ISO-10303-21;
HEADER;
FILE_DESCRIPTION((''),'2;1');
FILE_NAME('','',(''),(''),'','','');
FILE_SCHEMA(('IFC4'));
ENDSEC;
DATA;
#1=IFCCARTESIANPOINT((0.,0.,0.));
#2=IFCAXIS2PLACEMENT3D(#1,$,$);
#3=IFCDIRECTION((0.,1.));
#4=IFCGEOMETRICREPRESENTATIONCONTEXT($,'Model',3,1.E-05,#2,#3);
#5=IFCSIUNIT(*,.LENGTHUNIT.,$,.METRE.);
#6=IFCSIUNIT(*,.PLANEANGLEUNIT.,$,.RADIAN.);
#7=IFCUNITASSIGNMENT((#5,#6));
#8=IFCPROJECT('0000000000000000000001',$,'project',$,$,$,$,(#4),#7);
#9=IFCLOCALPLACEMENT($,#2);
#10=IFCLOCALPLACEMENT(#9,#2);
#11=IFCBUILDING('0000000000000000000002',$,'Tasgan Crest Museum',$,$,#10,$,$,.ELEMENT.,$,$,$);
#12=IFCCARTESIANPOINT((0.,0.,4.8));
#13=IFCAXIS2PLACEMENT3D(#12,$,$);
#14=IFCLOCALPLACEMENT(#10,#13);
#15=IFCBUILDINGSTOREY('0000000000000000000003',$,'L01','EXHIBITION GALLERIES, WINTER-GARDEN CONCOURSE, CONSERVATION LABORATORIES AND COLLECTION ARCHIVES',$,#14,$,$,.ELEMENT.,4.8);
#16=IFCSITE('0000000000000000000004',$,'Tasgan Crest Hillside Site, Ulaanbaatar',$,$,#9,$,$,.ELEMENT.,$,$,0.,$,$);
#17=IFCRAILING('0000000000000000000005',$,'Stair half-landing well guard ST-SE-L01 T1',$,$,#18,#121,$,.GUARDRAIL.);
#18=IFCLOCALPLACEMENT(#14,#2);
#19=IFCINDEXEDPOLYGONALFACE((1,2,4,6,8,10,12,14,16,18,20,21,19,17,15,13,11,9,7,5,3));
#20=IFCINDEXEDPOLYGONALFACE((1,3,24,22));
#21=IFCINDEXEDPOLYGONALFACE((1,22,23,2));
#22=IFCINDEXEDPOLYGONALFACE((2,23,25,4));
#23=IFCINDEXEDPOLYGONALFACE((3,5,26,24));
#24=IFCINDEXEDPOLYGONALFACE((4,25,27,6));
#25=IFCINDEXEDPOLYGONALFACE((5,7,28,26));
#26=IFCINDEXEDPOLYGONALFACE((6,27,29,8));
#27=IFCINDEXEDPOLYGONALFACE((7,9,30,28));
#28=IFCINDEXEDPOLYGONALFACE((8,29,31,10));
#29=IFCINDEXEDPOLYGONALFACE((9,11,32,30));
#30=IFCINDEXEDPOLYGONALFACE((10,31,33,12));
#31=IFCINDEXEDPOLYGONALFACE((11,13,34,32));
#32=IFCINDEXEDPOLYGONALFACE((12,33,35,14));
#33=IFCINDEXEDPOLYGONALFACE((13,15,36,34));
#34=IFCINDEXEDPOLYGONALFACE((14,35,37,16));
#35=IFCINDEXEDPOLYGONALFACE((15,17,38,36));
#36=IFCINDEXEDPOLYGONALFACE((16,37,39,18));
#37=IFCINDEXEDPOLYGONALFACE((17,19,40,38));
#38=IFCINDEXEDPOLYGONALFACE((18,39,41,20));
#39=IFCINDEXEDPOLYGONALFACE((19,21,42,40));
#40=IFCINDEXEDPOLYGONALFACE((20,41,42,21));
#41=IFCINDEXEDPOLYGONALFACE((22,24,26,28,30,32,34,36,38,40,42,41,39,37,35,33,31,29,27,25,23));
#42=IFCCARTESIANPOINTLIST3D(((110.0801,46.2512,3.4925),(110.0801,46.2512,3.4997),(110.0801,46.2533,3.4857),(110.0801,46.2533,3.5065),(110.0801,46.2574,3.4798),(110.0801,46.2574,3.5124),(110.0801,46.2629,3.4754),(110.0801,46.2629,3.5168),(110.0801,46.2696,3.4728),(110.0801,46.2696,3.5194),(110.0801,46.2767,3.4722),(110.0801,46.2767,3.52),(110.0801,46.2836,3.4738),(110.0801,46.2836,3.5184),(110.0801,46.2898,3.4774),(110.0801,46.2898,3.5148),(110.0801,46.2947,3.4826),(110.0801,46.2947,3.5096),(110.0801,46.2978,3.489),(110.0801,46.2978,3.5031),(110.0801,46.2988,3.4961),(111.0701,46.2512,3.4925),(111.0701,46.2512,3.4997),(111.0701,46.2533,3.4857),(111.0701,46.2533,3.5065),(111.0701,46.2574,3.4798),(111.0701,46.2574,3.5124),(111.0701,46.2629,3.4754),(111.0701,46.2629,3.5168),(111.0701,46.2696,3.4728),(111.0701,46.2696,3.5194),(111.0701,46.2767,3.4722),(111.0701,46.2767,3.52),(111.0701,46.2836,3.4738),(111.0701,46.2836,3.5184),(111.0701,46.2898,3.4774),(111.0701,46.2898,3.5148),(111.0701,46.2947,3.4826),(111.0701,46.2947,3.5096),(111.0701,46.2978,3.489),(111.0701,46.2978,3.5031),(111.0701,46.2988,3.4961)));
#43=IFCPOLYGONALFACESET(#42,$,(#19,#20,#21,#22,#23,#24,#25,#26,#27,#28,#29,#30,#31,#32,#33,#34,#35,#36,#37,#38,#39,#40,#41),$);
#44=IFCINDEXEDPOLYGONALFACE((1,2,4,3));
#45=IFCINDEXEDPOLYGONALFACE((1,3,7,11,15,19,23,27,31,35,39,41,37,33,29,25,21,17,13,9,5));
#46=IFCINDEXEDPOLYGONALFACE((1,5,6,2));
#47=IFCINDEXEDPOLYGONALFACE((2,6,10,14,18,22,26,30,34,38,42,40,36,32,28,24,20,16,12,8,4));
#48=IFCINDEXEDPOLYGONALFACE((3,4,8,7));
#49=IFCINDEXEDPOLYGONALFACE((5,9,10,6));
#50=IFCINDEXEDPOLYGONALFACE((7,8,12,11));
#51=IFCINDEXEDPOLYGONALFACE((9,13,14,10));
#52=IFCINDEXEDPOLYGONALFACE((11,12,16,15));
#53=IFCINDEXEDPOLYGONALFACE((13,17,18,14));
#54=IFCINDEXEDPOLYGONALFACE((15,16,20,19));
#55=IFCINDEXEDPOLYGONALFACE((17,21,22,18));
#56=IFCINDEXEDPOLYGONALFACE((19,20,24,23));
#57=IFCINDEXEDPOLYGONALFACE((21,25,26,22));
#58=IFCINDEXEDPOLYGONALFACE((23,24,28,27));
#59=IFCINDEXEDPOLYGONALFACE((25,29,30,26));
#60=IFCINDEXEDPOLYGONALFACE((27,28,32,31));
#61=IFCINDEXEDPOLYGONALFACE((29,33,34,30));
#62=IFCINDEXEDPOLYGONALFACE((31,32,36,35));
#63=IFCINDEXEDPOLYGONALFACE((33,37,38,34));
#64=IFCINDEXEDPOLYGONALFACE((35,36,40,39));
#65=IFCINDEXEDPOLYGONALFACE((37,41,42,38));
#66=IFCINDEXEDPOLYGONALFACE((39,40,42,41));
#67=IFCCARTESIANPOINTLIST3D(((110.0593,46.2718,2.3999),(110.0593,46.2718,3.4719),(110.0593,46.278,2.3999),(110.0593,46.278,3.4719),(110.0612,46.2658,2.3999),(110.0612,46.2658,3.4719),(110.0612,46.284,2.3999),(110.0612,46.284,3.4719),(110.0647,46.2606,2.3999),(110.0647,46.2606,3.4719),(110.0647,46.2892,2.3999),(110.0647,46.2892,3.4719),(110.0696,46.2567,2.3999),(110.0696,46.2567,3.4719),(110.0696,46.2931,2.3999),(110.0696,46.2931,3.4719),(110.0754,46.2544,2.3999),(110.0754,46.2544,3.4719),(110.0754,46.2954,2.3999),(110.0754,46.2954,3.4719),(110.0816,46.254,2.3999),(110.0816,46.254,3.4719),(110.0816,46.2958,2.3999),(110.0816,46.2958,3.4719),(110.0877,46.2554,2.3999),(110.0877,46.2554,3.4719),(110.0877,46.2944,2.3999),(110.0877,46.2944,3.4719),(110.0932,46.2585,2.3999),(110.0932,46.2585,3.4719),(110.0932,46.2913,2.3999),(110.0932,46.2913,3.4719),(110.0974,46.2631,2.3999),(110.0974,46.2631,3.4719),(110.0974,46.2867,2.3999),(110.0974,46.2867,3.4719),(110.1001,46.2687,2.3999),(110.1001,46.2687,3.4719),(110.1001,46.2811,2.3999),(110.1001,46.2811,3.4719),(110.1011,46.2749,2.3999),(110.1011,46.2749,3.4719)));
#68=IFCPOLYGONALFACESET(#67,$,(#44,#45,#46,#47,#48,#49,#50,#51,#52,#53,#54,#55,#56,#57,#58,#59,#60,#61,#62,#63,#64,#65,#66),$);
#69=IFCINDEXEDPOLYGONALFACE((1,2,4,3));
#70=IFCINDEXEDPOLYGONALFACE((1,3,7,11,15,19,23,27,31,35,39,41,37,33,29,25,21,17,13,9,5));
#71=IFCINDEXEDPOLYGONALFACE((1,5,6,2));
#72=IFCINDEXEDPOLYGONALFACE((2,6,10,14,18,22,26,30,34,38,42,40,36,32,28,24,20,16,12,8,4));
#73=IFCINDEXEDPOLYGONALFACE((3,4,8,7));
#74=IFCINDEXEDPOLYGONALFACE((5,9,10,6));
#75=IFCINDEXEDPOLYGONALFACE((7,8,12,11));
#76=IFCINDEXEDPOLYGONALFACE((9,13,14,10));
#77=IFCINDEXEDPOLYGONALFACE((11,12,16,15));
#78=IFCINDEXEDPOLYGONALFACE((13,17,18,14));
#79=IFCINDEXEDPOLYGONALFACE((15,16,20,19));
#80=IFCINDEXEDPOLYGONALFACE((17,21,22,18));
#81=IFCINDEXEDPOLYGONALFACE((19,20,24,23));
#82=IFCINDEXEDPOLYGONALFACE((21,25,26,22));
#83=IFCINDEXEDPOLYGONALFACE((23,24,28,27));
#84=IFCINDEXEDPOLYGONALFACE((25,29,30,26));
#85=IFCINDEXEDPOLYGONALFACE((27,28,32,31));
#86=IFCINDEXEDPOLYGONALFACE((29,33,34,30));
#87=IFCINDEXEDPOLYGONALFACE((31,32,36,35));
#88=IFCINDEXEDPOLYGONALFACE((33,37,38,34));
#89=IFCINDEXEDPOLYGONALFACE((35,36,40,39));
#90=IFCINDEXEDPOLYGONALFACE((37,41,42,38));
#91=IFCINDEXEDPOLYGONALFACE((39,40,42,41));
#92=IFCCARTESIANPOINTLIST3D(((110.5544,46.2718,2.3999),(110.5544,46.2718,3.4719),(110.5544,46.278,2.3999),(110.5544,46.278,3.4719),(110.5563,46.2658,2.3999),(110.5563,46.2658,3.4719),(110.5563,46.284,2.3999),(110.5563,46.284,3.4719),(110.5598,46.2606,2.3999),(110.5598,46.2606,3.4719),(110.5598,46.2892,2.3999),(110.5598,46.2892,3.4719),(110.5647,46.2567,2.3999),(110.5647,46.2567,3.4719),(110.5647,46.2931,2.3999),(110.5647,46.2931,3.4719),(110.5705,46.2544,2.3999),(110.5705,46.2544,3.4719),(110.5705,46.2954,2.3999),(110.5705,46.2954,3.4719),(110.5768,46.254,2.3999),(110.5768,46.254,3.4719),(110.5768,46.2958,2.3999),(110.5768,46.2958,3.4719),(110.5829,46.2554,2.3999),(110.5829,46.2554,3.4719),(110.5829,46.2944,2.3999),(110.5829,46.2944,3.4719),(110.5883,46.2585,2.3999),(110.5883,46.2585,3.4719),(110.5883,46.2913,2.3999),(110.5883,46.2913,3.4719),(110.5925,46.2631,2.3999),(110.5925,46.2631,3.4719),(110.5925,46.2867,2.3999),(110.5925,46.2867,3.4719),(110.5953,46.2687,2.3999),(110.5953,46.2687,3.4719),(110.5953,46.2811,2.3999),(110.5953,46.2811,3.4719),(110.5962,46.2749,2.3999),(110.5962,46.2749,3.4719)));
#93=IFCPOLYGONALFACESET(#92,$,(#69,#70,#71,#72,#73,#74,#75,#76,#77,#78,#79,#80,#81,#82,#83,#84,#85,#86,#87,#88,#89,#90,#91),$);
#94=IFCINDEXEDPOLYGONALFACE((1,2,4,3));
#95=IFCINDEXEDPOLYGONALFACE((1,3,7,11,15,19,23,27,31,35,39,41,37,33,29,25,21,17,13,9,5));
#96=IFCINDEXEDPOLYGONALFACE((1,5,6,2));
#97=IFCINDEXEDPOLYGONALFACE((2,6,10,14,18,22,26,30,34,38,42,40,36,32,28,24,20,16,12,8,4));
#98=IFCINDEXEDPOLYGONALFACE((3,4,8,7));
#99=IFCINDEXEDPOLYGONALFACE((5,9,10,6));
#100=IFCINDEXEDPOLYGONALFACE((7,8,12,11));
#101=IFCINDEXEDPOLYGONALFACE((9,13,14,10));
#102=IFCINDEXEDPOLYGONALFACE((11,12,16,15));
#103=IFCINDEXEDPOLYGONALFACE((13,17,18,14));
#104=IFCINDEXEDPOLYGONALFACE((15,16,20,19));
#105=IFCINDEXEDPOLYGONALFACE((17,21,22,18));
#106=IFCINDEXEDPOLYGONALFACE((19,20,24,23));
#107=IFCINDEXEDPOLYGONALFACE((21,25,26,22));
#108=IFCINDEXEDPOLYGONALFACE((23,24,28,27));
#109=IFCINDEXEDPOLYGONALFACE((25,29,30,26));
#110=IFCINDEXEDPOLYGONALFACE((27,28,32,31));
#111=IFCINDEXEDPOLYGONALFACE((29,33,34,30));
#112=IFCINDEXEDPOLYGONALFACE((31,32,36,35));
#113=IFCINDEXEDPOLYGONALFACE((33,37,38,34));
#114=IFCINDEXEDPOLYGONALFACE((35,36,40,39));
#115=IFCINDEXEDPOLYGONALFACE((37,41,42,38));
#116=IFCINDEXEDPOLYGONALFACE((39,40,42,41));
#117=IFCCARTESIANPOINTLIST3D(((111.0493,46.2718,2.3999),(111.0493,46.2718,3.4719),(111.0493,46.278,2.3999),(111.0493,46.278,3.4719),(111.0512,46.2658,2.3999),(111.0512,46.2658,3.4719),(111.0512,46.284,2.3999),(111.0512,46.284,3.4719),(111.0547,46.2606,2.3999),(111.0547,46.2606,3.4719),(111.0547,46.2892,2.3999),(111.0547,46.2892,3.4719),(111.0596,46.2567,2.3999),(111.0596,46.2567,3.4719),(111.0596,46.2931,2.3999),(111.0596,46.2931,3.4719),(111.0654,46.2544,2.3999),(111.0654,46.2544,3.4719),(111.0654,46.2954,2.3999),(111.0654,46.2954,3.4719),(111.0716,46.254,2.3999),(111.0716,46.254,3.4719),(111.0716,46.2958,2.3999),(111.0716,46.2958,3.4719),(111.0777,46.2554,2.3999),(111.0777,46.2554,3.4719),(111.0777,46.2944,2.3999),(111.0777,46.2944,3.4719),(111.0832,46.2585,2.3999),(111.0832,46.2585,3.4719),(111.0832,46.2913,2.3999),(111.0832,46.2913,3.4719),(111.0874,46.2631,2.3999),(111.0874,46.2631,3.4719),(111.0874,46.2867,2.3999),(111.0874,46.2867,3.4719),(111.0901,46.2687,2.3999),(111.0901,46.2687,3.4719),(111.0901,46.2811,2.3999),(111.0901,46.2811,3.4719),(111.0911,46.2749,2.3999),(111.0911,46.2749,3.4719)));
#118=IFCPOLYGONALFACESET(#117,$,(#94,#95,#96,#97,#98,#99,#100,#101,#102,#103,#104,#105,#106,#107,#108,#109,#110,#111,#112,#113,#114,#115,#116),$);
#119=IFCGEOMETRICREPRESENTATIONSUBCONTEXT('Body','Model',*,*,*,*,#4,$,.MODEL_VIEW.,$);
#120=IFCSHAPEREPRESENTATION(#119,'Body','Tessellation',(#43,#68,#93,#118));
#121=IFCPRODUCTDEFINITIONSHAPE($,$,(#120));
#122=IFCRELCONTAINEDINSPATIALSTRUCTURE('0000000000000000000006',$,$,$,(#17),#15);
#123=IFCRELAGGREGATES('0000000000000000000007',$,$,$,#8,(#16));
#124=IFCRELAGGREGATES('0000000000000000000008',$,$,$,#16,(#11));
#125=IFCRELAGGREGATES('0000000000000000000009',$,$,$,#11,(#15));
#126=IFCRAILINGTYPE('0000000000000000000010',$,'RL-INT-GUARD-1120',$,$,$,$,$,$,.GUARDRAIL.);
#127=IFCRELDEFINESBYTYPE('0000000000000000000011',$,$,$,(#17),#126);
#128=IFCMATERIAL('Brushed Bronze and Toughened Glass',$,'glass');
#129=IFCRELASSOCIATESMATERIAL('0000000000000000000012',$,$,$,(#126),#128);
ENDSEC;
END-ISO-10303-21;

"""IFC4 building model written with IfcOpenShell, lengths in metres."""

from ifc_helpers import new_model, si_unit, direction, frame, origin, origin_2d, place, context, subcontext, project, spatial, circle, extrude, material, type_object, element, save


model = new_model("IFC4")

# Units and contexts
model_context = context("Model", 3, precision=1e-05, world=origin(), true_north=direction((0.0, 1.0)))
body_context = subcontext(model_context, "Body", "Model", "MODEL_VIEW")
ifc_project = project(units=[si_unit("LENGTHUNIT", "METRE"), si_unit("PLANEANGLEUNIT", "RADIAN")], contexts=[model_context])

# Site, building, storey
site_placement = place(None, origin())
site = spatial("IfcSite", under=ifc_project, at=site_placement, Name="Tasgan Crest Hillside Site, Ulaanbaatar", CompositionType="ELEMENT", RefElevation=0.0)
building_placement = place(site_placement, origin())
building = spatial("IfcBuilding", under=site, at=building_placement, Name="Tasgan Crest Museum", CompositionType="ELEMENT")
storey_placement = place(building_placement, frame((0.0, 0.0, 4.8)))
storey = spatial("IfcBuildingStorey", under=building, at=storey_placement, Name="L01", Description="EXHIBITION GALLERIES, WINTER-GARDEN CONCOURSE, CONSERVATION LABORATORIES AND COLLECTION ARCHIVES", CompositionType="ELEMENT", Elevation=4.8)

# Railing
ifc_material_1 = material(Name="Brushed Bronze and Toughened Glass", Category="glass")
railing_type_1 = type_object("IfcRailingType", Name="RL-INT-GUARD-1120", PredefinedType="GUARDRAIL", material=ifc_material_1)
railing_1_placement = place(storey_placement, frame((110.0801, 46.2749, 2.3999)))
element("IfcRailing", 1, at=railing_1_placement, inside=storey, type_object=railing_type_1, Name="Stair half-landing well guard ST-SE-L01 T1", PredefinedType="GUARDRAIL", context=body_context, shape_type="SweptSolid", body=[
    extrude(circle(Radius=0.0239, at=origin_2d()), frame((0.0, 0.0, 1.0962), z_axis=(1.0, 0.0, 0.0), x_axis=(0.0, 1.0, 0.0)), (0.0, 0.0, 1.0), 0.99),
    extrude(circle(Radius=0.021, at=origin_2d()), origin(), (0.0, 0.0, 1.0), 1.072),
    extrude(circle(Radius=0.021, at=origin_2d()), frame((0.4951, 0.0, 0.0)), (0.0, 0.0, 1.0), 1.072),
    extrude(circle(Radius=0.021, at=origin_2d()), frame((0.99, 0.0, 0.0)), (0.0, 0.0, 1.0), 1.072),
])

save(model, "model.ifc")
